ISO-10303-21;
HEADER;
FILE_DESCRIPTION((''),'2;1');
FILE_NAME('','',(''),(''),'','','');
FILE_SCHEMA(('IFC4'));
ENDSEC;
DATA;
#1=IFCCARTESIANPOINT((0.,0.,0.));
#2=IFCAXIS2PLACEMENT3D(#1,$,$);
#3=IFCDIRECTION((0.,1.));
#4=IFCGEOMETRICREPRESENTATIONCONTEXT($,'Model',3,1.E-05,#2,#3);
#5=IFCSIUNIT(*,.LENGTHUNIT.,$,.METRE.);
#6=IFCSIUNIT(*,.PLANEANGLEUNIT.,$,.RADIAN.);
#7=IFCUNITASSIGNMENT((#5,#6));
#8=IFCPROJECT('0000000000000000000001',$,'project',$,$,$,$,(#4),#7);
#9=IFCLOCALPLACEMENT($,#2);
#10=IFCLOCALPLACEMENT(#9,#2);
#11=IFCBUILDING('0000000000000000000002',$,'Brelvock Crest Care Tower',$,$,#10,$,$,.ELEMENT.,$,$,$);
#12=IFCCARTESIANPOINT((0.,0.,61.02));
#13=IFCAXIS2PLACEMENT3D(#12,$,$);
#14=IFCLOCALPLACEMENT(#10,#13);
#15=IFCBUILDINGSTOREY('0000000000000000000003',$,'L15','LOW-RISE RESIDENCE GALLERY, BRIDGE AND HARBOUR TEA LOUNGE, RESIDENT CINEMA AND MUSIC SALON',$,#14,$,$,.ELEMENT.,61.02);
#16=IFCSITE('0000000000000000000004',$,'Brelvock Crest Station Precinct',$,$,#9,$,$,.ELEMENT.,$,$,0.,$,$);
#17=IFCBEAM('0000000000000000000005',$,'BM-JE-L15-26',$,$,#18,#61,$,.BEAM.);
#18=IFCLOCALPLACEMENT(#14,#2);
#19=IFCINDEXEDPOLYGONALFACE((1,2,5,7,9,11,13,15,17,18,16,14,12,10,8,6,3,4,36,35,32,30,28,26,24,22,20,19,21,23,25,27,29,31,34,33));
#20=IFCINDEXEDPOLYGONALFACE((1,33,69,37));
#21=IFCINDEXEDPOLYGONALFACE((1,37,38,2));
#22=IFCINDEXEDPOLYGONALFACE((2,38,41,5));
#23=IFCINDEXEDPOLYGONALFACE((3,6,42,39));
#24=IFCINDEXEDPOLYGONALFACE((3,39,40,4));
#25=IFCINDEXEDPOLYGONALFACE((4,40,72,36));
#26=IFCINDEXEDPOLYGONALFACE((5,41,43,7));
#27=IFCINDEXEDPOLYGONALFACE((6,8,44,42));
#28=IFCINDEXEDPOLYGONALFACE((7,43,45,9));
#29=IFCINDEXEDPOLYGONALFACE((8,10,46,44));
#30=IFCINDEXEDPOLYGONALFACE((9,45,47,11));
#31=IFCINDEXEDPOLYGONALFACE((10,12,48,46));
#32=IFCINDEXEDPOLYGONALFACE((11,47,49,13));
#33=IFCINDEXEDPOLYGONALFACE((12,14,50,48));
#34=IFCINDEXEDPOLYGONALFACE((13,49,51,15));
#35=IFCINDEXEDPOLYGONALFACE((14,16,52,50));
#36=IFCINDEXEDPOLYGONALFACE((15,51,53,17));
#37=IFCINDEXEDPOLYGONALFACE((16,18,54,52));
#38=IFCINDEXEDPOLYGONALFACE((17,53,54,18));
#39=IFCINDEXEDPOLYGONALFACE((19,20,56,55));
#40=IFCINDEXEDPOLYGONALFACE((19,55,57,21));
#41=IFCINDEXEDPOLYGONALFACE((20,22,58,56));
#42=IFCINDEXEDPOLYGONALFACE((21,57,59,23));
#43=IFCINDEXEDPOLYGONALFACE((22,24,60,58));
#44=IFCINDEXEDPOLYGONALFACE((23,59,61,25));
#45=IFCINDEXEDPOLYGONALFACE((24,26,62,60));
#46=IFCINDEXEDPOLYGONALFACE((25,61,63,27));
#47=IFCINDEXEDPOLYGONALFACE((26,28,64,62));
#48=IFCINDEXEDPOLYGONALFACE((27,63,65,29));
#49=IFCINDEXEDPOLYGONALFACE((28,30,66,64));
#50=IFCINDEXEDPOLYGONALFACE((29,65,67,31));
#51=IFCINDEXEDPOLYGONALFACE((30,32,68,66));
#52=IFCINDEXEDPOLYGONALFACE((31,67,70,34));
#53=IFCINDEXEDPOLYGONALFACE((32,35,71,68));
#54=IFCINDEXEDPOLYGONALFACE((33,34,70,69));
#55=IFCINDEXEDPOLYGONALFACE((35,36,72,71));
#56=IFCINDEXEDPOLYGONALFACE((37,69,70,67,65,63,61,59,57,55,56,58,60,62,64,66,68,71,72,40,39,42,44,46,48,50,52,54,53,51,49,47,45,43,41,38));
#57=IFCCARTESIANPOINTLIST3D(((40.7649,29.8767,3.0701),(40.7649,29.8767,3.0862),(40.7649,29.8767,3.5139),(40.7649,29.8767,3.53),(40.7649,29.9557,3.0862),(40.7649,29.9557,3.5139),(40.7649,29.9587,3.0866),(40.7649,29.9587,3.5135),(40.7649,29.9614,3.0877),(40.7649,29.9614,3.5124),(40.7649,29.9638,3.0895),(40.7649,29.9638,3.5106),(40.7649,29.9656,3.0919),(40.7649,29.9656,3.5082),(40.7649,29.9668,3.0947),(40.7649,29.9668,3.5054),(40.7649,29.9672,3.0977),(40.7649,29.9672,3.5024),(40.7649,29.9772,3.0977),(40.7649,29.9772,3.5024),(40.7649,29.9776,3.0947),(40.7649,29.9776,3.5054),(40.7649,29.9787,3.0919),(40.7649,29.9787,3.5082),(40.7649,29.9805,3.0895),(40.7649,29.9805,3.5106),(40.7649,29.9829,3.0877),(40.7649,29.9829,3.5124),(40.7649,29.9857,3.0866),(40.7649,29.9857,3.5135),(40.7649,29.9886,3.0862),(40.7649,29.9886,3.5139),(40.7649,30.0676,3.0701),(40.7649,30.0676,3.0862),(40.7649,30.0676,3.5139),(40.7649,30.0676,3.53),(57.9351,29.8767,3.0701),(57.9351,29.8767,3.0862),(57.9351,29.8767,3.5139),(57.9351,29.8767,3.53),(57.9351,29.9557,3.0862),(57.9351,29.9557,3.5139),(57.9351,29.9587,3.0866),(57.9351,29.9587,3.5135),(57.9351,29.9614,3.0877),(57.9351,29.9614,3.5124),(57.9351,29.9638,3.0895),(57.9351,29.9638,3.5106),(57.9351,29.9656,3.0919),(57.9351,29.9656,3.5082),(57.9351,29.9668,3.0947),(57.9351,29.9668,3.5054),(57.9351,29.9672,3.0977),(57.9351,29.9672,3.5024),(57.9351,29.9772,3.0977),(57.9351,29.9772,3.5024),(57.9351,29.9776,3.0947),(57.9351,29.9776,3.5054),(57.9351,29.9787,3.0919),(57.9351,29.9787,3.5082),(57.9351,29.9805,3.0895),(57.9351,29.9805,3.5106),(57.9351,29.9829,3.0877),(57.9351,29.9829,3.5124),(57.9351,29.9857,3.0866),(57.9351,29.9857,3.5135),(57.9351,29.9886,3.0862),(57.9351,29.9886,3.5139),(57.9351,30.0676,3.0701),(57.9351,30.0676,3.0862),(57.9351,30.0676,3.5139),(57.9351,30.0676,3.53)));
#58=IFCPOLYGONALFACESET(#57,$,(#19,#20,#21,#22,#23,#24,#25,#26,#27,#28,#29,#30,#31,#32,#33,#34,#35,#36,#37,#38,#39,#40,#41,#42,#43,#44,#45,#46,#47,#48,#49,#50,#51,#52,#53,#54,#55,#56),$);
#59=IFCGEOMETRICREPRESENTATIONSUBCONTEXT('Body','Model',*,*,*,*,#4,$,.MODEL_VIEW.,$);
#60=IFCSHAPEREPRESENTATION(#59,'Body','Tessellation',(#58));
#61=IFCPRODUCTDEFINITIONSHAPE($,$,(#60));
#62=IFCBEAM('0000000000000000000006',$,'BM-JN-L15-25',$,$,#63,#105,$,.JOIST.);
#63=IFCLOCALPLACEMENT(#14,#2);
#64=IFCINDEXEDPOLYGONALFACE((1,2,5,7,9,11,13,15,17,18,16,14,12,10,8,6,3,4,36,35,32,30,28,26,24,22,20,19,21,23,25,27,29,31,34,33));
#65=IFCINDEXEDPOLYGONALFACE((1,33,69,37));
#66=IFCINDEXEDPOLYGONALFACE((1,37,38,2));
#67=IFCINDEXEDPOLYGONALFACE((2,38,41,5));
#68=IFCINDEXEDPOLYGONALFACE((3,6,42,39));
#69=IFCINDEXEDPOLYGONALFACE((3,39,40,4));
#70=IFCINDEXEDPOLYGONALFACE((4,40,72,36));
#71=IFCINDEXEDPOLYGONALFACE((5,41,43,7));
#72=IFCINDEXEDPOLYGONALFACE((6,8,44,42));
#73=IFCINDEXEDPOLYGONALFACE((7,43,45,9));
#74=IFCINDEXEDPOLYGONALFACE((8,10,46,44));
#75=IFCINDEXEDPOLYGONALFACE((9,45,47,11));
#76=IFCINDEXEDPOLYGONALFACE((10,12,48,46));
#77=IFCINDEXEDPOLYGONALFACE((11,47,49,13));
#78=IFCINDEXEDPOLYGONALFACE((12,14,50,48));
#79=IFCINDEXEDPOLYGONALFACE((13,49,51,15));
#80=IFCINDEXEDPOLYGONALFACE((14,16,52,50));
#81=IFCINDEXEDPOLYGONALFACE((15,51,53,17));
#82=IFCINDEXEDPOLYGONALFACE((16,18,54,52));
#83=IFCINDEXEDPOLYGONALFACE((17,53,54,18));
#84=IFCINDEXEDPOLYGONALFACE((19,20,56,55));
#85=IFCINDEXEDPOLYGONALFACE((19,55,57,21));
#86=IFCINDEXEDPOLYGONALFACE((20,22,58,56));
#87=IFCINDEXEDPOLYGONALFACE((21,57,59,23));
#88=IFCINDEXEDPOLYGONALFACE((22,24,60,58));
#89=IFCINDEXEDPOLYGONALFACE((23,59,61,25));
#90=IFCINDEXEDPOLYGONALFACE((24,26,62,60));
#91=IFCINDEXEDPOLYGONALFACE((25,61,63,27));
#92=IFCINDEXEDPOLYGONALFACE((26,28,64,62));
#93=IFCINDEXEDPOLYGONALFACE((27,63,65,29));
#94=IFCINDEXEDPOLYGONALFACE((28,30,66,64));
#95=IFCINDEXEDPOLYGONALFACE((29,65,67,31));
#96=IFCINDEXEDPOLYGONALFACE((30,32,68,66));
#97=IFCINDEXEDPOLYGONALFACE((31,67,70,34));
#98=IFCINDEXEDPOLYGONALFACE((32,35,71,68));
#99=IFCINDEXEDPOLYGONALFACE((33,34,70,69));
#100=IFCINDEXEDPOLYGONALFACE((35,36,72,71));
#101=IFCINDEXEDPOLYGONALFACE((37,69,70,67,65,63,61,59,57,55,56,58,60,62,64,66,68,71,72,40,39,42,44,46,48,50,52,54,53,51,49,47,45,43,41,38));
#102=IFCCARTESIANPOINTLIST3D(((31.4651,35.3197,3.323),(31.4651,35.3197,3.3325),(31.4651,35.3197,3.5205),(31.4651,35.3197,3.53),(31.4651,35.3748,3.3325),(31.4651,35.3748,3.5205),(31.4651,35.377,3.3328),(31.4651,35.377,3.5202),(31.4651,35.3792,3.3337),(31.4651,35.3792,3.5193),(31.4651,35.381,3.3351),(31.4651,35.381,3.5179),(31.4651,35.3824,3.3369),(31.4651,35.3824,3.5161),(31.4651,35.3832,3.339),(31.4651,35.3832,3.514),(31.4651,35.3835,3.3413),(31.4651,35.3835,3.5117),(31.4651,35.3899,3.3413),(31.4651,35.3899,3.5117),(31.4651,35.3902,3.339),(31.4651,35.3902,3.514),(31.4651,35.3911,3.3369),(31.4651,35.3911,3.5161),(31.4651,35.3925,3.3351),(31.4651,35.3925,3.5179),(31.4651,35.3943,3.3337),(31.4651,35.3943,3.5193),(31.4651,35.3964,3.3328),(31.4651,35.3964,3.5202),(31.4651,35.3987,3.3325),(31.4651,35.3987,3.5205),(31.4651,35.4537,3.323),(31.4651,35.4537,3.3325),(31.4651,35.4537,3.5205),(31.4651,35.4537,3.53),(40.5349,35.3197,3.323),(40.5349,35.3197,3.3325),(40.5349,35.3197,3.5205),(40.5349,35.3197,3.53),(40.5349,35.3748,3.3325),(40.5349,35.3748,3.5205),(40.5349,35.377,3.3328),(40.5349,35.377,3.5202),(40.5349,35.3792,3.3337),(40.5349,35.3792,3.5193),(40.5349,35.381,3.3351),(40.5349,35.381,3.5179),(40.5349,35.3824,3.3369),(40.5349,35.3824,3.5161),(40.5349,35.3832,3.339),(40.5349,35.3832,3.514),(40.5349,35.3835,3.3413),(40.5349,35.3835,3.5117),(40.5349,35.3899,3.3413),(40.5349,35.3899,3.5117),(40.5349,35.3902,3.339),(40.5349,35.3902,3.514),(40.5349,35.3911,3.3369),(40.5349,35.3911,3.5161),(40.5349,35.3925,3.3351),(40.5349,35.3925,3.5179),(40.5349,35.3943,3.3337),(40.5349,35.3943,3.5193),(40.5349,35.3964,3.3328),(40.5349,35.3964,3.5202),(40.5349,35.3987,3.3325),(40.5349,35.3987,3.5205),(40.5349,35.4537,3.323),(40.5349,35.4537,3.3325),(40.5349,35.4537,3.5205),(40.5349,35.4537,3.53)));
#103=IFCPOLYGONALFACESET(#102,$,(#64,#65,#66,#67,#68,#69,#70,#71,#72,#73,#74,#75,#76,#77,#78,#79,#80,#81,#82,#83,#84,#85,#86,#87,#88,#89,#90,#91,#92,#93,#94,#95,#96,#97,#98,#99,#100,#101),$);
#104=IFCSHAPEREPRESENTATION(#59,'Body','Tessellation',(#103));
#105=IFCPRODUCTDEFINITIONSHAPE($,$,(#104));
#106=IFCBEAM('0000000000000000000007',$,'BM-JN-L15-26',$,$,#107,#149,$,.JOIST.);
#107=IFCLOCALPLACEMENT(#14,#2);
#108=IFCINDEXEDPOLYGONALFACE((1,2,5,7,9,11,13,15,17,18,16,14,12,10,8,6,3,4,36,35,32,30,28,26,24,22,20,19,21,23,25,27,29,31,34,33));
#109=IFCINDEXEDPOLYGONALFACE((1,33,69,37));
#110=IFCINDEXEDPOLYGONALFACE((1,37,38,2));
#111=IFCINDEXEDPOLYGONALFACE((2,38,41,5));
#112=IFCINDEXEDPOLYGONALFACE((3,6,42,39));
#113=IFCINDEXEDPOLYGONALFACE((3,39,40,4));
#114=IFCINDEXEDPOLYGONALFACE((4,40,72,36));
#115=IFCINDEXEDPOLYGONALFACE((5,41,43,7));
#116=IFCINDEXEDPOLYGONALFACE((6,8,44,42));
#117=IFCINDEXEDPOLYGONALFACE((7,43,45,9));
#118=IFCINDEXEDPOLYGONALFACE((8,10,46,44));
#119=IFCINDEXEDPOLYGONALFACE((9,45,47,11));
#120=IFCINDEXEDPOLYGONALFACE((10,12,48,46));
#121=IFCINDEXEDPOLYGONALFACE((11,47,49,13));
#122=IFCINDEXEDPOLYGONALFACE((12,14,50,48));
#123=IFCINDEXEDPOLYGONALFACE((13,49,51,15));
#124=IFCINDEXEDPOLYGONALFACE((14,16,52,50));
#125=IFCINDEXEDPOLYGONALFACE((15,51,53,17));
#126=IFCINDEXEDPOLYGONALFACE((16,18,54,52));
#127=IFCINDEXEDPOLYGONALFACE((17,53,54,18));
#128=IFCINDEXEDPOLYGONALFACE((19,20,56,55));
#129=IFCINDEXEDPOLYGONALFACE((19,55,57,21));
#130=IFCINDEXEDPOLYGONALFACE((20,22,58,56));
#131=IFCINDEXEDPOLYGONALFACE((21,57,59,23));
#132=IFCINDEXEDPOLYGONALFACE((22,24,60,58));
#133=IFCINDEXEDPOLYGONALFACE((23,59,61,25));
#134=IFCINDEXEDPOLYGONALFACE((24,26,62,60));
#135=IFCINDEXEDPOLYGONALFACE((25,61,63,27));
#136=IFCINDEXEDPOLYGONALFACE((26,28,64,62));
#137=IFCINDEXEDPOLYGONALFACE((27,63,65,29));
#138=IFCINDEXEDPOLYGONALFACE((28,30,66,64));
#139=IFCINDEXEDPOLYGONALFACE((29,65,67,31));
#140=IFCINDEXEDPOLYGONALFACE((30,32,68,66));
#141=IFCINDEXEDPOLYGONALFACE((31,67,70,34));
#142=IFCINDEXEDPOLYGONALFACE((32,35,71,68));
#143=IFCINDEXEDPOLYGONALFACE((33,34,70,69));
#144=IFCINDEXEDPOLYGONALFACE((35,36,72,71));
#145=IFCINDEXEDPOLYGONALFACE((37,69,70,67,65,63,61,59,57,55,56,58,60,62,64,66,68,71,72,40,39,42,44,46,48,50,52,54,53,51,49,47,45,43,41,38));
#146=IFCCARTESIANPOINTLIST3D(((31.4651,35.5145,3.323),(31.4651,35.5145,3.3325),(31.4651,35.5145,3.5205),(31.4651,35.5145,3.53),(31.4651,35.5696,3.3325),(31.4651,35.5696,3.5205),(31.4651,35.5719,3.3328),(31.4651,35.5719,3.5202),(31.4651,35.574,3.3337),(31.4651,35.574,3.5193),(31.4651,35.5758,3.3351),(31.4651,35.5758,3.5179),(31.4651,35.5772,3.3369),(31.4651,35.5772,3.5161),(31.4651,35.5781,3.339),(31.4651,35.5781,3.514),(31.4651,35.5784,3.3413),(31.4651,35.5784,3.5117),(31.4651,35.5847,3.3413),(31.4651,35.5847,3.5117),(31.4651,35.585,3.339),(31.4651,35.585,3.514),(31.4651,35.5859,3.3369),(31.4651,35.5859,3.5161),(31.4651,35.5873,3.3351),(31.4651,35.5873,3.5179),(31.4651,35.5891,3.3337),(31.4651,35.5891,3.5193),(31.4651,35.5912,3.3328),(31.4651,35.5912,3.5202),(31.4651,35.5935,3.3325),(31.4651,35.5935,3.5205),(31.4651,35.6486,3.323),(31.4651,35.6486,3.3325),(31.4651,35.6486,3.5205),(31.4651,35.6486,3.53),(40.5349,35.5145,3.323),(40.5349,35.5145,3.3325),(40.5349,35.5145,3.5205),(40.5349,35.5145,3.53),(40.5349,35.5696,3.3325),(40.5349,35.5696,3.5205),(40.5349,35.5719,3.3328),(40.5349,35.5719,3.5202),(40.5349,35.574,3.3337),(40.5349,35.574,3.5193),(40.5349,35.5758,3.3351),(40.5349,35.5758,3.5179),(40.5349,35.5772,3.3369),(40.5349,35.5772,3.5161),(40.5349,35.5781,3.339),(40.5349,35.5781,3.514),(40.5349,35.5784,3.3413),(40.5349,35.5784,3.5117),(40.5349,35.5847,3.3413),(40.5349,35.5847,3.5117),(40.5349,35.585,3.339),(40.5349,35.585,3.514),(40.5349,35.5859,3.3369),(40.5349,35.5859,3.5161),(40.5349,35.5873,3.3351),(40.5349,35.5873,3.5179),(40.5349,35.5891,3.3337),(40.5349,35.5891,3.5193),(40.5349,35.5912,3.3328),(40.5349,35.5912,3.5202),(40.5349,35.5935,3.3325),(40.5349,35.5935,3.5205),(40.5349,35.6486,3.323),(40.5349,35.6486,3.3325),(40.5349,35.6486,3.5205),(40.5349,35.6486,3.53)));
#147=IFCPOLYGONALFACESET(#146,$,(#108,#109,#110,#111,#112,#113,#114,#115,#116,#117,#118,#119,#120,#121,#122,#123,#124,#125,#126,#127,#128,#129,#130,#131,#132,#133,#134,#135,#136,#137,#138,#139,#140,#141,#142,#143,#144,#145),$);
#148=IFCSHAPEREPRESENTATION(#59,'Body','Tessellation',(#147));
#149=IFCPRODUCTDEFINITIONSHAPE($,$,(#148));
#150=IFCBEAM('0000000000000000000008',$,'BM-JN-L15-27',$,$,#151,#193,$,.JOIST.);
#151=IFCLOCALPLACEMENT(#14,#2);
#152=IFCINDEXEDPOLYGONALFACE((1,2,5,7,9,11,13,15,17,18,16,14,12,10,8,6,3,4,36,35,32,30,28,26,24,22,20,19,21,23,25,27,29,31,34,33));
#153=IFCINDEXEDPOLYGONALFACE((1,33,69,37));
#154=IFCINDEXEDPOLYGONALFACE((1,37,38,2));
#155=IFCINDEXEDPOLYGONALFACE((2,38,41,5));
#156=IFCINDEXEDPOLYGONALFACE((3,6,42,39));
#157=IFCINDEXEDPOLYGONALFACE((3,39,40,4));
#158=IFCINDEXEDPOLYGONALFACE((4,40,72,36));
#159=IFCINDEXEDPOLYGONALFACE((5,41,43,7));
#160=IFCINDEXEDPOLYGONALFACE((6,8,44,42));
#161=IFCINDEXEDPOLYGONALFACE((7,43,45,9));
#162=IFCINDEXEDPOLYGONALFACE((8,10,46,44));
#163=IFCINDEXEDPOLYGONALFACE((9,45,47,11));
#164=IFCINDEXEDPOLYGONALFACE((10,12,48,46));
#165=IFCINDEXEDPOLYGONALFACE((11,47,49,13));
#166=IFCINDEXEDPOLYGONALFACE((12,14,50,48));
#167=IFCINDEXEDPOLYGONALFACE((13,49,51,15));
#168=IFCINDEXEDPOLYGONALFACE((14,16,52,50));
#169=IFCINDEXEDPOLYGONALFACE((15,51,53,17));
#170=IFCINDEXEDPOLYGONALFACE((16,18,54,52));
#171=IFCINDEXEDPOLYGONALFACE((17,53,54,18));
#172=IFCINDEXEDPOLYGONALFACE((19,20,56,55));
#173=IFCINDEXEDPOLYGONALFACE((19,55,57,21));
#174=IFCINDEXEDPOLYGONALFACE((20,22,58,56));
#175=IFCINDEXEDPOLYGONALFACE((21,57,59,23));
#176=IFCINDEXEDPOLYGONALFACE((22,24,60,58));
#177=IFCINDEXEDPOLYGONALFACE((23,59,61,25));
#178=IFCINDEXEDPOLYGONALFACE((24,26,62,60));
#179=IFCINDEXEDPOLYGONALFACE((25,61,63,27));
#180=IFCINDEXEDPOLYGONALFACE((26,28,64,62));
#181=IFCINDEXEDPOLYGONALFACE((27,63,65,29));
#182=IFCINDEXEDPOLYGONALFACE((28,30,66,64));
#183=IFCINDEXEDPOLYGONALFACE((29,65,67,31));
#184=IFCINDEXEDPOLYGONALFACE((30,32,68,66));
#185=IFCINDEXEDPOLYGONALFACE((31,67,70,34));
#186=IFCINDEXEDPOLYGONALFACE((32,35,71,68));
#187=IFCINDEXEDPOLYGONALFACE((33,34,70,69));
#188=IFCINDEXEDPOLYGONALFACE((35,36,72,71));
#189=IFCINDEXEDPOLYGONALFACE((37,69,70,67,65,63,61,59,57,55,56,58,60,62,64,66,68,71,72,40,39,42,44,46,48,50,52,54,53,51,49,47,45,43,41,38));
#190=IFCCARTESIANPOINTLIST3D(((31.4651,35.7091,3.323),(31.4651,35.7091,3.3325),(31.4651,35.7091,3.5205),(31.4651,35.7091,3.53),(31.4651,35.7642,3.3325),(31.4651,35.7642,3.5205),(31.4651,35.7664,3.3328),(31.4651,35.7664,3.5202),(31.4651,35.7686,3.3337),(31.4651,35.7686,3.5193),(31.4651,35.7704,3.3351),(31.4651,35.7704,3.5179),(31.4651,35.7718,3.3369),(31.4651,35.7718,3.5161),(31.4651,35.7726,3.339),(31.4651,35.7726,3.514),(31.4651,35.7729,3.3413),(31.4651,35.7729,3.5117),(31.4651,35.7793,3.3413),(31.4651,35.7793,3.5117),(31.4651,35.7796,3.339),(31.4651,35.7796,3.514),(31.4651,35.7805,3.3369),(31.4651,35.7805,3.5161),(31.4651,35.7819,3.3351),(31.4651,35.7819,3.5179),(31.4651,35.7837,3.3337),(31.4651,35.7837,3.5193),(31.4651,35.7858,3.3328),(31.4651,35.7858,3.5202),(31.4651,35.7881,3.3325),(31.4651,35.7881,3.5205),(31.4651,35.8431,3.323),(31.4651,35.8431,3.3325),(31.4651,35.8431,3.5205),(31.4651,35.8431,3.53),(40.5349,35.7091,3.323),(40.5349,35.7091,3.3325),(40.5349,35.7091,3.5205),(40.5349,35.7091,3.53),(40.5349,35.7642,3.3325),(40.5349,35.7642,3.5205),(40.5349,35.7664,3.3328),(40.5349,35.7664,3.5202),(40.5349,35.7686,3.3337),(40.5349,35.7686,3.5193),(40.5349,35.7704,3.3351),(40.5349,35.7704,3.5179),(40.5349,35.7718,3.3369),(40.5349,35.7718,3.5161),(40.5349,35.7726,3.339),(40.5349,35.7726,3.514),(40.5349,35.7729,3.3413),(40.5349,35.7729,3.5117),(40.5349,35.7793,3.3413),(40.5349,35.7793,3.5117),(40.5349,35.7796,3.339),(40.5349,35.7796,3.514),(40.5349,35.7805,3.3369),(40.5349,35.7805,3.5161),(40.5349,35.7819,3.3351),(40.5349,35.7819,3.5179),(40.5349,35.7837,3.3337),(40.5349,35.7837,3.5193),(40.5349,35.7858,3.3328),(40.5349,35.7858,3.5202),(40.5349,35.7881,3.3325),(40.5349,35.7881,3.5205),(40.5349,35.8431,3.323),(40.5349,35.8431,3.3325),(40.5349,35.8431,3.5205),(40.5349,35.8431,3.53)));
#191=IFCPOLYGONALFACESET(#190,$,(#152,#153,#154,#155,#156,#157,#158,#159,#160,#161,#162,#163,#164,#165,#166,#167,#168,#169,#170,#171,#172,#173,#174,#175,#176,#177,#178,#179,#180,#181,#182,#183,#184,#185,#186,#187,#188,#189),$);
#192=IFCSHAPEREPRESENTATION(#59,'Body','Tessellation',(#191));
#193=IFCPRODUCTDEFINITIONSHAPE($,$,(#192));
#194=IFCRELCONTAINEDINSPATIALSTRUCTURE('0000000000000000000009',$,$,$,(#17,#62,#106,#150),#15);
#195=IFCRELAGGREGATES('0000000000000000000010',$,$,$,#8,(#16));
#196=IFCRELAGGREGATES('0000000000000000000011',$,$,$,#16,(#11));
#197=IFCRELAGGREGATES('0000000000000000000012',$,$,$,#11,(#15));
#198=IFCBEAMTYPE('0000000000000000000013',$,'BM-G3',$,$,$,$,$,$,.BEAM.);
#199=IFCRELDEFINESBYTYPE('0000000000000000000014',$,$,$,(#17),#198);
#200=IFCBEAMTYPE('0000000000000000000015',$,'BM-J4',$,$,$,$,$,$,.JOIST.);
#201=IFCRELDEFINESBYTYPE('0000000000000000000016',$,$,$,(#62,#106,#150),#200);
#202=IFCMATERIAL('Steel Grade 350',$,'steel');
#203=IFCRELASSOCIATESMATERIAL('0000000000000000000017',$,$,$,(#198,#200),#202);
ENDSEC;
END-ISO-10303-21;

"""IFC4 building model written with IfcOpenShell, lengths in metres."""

from ifc_helpers import new_model, si_unit, direction, frame, origin, origin_2d, place, context, subcontext, project, spatial, i_section, extrude, source, transform, mapped, material, material_profile, profile_set, type_object, element, save


model = new_model("IFC4")

# Units and contexts
model_context = context("Model", 3, precision=1e-05, world=origin(), true_north=direction((0.0, 1.0)))
body_context = subcontext(model_context, "Body", "Model", "MODEL_VIEW")
ifc_project = project(units=[si_unit("LENGTHUNIT", "METRE"), si_unit("PLANEANGLEUNIT", "RADIAN")], contexts=[model_context])

# Site, building, storey
site_placement = place(None, origin())
site = spatial("IfcSite", under=ifc_project, at=site_placement, Name="Brelvock Crest Station Precinct", CompositionType="ELEMENT", RefElevation=0.0)
building_placement = place(site_placement, origin())
building = spatial("IfcBuilding", under=site, at=building_placement, Name="Brelvock Crest Care Tower", CompositionType="ELEMENT")
storey_placement = place(building_placement, frame((0.0, 0.0, 61.02)))
storey = spatial("IfcBuildingStorey", under=building, at=storey_placement, Name="L15", Description="LOW-RISE RESIDENCE GALLERY, BRIDGE AND HARBOUR TEA LOUNGE, RESIDENT CINEMA AND MUSIC SALON", CompositionType="ELEMENT", Elevation=61.02)

# Beams
ifc_material_1 = material(Name="Steel Grade 350", Category="steel")
ifc_material_profile_1 = material_profile(ifc_material_1, i_section(OverallWidth=0.1909, OverallDepth=0.46, WebThickness=0.01, FlangeThickness=0.0161, FilletRadius=0.0115, at=origin_2d()), Name="460UB82.1")
ifc_profile_set_1 = profile_set([ifc_material_profile_1], Name="Steel Grade 350")
beam_type_1 = type_object("IfcBeamType", Name="BM-G3", PredefinedType="BEAM", material=ifc_profile_set_1)
shared_shape_1 = source(origin(), body_context, "Body", "SweptSolid", [
    extrude(i_section(OverallWidth=0.1909, OverallDepth=0.46, WebThickness=0.01, FlangeThickness=0.0161, FilletRadius=0.0115, at=origin_2d()), origin(), (0.0, 0.0, 1.0), 17.1702),
])
for number, where, z_axis, x_axis, name in (
    (1, (40.7649, 29.9722, 3.3), (1.0, 0.0, 0.0), (0.0, 1.0, 0.0), "BM-JE-L15-26"),
):
    element("IfcBeam", number, at=place(storey_placement, frame(where, z_axis=z_axis, x_axis=x_axis)), inside=storey, type_object=beam_type_1, Name=name, PredefinedType="BEAM", context=body_context, shape_type="MappedRepresentation", body=[
        mapped(shared_shape_1, transform((0.0, 0.0, 0.0), x_axis=(1.0, 0.0, 0.0), y_axis=(0.0, 1.0, 0.0), z_axis=(0.0, 0.0, 1.0), scale=1.0)),
    ])
ifc_material_profile_2 = material_profile(ifc_material_1, i_section(OverallWidth=0.134, OverallDepth=0.207, WebThickness=0.0063, FlangeThickness=0.0095, FilletRadius=0.0088, at=origin_2d()), Name="200UB29.8")
ifc_profile_set_2 = profile_set([ifc_material_profile_2], Name="Steel Grade 350")
beam_type_2 = type_object("IfcBeamType", Name="BM-J4", PredefinedType="JOIST", material=ifc_profile_set_2)
shared_shape_2 = source(origin(), body_context, "Body", "SweptSolid", [
    extrude(i_section(OverallWidth=0.134, OverallDepth=0.207, WebThickness=0.0063, FlangeThickness=0.0095, FilletRadius=0.0088, at=origin_2d()), origin(), (0.0, 0.0, 1.0), 9.0698),
])
for number, where, z_axis, x_axis, name in (
    (2, (31.4651, 35.3867, 3.4265), (1.0, 0.0, 0.0), (0.0, 1.0, 0.0), "BM-JN-L15-25"),
    (3, (31.4651, 35.5815, 3.4265), (1.0, 0.0, 0.0), (0.0, 1.0, 0.0), "BM-JN-L15-26"),
    (4, (31.4651, 35.7761, 3.4265), (1.0, 0.0, 0.0), (0.0, 1.0, 0.0), "BM-JN-L15-27"),
):
    element("IfcBeam", number, at=place(storey_placement, frame(where, z_axis=z_axis, x_axis=x_axis)), inside=storey, type_object=beam_type_2, Name=name, PredefinedType="JOIST", context=body_context, shape_type="MappedRepresentation", body=[
        mapped(shared_shape_2, transform((0.0, 0.0, 0.0), x_axis=(1.0, 0.0, 0.0), y_axis=(0.0, 1.0, 0.0), z_axis=(0.0, 0.0, 1.0), scale=1.0)),
    ])

save(model, "model.ifc")
